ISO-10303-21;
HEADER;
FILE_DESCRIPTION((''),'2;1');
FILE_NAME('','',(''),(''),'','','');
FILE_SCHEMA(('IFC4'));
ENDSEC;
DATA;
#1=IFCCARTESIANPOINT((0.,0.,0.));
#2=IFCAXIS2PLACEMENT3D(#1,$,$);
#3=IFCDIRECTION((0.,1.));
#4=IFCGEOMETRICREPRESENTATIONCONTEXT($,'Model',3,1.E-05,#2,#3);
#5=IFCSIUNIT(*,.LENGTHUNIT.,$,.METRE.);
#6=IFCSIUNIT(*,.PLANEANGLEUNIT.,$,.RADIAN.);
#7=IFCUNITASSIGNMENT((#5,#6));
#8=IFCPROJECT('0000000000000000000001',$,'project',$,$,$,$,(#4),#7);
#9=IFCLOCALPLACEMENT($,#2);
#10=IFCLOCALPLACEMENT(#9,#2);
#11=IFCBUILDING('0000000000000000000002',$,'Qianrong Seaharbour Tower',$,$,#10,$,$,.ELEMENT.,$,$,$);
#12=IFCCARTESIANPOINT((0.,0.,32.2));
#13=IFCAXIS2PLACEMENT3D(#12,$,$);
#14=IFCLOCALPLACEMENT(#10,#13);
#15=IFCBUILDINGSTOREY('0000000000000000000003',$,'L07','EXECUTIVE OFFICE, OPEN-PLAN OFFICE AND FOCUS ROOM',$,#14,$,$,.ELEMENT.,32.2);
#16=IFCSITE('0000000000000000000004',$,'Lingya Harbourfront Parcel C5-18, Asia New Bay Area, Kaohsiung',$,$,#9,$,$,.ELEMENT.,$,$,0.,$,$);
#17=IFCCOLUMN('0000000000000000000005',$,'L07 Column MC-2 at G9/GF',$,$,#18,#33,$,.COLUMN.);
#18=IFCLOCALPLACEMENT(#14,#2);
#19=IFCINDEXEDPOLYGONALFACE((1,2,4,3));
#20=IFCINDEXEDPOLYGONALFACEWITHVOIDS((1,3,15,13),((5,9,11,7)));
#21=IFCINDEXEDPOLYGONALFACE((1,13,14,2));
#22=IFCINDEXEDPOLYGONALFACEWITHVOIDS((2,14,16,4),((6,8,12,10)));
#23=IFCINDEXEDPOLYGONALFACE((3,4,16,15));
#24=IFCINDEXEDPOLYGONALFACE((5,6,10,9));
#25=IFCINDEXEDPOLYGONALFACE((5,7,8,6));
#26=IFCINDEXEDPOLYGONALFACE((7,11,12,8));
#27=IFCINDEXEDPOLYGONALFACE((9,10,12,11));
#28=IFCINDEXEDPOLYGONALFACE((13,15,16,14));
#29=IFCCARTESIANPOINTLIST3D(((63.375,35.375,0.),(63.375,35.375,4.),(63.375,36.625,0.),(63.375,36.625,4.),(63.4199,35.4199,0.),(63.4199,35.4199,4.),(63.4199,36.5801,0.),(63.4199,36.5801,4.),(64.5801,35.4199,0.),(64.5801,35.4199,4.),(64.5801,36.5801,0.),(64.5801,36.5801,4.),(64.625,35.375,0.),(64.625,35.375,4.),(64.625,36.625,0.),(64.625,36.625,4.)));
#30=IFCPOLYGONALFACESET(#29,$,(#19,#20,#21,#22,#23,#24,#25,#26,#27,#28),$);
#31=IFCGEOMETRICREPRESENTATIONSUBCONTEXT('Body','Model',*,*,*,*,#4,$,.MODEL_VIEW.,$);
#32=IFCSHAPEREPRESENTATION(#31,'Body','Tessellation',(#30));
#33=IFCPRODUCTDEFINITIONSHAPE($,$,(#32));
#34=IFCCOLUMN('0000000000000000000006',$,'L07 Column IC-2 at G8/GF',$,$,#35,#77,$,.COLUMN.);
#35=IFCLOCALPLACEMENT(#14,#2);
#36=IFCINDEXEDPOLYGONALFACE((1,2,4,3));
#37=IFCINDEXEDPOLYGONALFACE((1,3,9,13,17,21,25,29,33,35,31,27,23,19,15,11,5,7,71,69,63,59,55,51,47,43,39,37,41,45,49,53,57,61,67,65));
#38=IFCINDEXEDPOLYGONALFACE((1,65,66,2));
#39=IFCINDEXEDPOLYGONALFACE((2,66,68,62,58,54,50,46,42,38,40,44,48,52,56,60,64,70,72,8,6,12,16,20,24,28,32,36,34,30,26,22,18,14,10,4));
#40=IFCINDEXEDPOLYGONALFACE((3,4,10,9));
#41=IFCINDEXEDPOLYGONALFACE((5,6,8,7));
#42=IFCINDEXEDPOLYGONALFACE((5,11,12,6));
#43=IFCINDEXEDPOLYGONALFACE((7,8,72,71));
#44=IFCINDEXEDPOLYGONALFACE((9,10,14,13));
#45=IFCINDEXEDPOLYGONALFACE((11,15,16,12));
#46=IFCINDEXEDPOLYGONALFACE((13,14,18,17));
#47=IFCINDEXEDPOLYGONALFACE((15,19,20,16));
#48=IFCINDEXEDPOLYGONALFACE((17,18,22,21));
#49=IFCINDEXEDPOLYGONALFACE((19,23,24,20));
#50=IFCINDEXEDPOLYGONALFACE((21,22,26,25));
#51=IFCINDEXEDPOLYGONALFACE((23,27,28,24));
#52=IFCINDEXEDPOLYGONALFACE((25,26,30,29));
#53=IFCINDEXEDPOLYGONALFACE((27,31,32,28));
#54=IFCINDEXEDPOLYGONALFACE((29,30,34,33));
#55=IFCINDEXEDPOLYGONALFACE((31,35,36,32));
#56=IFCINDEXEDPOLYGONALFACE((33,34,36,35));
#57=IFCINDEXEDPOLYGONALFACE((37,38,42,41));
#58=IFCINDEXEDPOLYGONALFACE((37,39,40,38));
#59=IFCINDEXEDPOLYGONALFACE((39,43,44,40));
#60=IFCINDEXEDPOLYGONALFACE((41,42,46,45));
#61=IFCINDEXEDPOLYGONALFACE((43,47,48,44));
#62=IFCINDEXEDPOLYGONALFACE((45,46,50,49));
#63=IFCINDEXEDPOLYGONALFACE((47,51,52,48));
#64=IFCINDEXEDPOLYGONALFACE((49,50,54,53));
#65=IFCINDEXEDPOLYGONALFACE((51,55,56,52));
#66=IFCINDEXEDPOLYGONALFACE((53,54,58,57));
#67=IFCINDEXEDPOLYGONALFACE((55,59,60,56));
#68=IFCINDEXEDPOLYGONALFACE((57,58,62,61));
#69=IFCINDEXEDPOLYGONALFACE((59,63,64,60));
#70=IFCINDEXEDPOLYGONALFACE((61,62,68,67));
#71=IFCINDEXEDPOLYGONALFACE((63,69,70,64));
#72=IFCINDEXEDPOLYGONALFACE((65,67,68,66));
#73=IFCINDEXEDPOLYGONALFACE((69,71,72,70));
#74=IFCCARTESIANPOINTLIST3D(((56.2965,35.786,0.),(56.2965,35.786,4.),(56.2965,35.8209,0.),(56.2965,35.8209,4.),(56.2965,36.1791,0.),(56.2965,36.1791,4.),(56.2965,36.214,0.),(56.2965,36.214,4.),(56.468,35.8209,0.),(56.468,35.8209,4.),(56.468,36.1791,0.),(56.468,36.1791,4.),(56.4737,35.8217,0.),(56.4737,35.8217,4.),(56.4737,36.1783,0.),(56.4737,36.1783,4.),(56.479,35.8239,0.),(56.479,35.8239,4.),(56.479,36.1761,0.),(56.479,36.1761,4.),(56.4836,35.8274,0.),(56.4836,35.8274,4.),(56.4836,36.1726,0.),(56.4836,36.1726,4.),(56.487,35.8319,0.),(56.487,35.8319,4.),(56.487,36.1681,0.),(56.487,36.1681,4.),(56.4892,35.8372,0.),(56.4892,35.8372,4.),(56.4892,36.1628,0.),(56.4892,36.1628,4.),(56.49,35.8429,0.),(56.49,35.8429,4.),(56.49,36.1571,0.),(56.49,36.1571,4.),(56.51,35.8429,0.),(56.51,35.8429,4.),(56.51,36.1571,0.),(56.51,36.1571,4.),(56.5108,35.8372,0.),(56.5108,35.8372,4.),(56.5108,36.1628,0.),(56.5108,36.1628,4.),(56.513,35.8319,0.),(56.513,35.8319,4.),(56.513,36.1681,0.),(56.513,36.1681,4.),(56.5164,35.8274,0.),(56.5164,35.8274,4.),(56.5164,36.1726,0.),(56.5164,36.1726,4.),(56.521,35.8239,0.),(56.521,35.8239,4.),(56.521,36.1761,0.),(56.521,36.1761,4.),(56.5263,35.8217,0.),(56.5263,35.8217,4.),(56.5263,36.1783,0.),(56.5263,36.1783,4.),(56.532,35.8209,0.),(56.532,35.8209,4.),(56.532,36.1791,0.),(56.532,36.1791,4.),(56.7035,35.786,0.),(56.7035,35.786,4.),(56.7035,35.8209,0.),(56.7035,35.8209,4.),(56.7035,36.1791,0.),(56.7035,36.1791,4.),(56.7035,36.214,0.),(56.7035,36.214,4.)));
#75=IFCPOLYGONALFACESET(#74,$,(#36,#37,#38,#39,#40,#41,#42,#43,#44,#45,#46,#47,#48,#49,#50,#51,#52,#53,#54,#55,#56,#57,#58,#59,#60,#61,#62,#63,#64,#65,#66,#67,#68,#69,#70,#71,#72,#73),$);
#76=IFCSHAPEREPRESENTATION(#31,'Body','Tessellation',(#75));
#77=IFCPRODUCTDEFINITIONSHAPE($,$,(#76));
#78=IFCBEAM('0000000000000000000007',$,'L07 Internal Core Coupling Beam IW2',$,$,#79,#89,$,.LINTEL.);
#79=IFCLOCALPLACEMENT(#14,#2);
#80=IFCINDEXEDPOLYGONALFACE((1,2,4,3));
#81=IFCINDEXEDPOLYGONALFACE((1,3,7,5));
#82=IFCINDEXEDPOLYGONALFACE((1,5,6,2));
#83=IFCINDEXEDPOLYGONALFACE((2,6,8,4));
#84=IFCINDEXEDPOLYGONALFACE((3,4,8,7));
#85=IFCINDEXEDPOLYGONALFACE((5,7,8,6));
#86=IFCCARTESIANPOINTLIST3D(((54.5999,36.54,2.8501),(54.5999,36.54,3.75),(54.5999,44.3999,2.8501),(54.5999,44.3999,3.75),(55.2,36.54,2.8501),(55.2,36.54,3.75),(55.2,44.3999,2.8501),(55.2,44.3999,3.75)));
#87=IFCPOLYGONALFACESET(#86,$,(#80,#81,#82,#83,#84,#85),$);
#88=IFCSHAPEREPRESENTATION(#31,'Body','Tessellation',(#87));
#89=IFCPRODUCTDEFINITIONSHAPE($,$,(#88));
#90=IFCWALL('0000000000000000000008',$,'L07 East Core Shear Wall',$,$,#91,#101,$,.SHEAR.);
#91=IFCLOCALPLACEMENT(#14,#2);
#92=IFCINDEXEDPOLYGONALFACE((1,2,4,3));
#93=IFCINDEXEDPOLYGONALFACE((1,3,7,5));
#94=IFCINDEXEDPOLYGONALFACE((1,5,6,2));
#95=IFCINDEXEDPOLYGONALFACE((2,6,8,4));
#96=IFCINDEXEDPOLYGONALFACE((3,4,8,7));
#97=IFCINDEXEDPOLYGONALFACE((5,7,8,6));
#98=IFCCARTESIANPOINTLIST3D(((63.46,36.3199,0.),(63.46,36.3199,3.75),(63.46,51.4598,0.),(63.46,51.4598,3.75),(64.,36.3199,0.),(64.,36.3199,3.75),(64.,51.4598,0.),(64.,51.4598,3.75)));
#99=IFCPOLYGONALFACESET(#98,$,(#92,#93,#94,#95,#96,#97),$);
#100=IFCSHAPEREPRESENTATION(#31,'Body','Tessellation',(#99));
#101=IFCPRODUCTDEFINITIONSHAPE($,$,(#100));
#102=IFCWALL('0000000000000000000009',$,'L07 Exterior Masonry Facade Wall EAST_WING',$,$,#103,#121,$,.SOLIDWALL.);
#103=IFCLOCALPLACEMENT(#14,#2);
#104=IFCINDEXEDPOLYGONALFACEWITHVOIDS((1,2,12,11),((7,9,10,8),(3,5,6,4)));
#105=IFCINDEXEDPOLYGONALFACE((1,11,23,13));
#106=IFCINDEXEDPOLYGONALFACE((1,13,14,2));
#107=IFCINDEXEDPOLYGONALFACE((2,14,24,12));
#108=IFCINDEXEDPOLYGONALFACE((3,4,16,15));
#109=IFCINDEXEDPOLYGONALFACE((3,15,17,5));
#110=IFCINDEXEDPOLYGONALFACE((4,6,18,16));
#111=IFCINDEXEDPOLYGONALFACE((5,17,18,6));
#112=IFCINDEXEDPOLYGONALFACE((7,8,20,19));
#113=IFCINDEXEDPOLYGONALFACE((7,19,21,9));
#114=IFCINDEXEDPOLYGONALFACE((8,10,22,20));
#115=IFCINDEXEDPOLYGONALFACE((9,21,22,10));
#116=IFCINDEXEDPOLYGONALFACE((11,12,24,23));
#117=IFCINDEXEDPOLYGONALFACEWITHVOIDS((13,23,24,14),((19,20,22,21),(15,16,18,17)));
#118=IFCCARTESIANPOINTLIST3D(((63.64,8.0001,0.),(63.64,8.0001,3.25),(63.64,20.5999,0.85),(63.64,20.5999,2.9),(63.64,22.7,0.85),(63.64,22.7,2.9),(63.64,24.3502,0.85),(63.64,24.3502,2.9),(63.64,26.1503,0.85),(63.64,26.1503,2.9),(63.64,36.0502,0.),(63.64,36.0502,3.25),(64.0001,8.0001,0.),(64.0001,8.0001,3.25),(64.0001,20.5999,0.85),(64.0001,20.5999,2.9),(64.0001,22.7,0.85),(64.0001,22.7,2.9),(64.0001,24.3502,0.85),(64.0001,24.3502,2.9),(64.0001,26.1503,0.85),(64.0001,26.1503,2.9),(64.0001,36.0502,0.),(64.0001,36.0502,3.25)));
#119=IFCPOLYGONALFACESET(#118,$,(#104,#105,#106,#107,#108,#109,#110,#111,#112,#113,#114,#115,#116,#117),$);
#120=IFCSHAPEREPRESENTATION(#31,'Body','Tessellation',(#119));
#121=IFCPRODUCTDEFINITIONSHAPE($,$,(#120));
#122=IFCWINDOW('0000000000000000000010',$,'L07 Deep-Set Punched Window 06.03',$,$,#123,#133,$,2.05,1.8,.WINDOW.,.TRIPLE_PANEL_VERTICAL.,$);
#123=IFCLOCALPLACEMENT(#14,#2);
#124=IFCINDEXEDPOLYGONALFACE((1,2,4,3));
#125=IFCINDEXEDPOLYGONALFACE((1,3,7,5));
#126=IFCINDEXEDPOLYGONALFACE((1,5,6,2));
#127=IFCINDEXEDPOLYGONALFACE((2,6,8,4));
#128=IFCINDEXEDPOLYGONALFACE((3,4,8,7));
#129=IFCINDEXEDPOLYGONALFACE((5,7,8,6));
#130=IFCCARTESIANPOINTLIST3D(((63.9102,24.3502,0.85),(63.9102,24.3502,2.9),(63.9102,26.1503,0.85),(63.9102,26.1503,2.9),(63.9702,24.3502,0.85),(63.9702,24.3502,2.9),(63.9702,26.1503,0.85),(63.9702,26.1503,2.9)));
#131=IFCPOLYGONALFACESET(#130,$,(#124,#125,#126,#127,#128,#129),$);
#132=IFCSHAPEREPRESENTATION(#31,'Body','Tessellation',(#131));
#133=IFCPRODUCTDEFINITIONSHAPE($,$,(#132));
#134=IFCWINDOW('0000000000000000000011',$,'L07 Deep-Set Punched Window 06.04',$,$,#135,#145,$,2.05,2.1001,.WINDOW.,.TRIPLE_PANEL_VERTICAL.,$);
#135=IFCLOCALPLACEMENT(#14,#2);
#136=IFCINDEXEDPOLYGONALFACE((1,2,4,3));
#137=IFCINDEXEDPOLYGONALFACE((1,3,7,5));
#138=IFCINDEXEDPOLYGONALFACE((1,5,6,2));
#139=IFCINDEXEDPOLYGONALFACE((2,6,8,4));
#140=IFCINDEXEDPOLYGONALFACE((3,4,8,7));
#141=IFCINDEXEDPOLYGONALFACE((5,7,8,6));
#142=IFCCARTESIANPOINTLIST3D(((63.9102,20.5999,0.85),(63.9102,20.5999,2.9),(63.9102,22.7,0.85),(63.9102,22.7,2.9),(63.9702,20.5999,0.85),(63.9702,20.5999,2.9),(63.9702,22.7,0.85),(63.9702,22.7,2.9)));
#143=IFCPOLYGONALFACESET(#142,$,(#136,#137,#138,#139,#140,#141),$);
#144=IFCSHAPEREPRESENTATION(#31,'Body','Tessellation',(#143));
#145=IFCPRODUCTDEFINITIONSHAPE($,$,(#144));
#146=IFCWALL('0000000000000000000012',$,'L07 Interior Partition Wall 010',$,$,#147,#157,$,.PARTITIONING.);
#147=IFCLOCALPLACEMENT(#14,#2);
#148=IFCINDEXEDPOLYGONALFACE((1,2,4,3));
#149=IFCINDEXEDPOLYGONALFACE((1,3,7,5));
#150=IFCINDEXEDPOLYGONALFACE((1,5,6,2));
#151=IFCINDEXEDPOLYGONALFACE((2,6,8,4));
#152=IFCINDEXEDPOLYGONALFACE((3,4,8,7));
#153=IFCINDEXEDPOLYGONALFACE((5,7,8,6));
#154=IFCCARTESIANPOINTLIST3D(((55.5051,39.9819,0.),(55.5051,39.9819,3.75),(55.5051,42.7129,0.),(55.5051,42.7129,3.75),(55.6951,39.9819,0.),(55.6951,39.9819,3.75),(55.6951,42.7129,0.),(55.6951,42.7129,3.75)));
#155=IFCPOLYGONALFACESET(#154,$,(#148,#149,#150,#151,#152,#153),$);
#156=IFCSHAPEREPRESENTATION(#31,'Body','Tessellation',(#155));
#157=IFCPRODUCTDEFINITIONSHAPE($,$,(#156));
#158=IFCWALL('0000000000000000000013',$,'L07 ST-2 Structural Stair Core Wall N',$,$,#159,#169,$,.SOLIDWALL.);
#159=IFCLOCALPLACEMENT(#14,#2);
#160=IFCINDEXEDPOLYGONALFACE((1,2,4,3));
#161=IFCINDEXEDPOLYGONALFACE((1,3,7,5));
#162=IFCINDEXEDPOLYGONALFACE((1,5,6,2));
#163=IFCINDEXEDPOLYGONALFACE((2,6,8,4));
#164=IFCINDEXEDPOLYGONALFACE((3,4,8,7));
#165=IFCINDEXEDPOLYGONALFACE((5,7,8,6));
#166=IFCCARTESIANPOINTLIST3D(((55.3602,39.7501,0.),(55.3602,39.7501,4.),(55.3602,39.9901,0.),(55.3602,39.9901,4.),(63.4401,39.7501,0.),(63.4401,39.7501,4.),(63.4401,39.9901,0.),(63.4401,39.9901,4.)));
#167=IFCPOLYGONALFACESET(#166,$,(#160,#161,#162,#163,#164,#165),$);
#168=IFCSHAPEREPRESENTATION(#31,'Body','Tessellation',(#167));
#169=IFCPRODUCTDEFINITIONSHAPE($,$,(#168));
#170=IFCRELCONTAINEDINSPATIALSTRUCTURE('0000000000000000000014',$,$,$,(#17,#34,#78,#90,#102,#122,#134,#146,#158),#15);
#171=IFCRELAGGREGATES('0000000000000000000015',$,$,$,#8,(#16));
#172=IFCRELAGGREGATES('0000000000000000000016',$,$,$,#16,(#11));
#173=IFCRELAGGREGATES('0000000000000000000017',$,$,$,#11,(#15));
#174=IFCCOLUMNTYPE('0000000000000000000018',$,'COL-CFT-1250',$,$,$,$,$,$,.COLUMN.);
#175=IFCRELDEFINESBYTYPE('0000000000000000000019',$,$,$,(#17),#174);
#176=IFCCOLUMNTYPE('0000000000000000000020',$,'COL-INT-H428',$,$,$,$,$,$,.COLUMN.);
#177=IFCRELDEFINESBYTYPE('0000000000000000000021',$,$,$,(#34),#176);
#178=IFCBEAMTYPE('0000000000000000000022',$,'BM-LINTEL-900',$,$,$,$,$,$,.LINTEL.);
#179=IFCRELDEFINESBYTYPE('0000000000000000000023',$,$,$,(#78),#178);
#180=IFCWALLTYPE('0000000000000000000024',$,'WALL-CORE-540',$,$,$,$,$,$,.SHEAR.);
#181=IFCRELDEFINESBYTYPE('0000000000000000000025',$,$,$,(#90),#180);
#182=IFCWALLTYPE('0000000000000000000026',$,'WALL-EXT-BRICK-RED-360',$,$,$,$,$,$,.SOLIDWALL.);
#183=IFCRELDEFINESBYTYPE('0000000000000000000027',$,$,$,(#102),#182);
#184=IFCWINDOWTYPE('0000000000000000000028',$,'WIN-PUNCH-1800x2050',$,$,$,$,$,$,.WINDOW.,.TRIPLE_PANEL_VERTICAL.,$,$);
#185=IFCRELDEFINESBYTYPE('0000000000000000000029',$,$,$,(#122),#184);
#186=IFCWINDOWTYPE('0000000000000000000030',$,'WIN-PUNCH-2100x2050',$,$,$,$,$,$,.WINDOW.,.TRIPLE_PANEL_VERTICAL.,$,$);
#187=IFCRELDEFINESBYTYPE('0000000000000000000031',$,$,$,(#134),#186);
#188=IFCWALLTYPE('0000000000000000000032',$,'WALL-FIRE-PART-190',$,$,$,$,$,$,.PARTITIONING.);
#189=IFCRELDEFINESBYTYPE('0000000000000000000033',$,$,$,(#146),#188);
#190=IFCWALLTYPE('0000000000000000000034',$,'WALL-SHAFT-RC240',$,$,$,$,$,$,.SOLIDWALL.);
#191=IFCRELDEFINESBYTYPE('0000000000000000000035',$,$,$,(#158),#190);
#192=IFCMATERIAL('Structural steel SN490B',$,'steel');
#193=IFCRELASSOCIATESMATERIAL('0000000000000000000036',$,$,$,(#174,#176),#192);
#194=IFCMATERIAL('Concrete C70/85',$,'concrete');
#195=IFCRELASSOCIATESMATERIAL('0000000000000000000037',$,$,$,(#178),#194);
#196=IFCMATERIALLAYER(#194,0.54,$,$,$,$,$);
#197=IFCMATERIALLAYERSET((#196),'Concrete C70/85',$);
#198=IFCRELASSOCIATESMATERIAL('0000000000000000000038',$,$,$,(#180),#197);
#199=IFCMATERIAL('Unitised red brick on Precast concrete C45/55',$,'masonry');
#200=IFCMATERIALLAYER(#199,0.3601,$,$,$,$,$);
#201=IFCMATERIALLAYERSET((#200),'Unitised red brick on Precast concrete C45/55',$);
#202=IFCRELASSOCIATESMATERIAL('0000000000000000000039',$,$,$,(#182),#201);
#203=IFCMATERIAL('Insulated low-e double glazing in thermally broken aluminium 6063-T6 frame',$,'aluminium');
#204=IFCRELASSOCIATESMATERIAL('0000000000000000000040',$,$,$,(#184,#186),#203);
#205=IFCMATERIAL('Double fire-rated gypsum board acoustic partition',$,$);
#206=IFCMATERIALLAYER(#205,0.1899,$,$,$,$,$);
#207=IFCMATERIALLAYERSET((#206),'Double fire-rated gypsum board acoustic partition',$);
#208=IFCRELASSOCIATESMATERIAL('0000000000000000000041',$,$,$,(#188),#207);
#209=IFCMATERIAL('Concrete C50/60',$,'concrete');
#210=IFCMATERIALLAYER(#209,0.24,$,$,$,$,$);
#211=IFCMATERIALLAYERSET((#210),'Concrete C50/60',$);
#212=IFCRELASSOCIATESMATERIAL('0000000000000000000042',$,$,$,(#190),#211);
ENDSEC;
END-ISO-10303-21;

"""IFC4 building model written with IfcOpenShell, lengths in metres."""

from ifc_helpers import new_model, si_unit, direction, frame, frame_2d, origin, origin_2d, place, context, subcontext, project, spatial, rectangle, hollow_rectangle, i_section, extrude, material, layer, layer_set, material_profile, profile_set, type_object, element, fill, save


model = new_model("IFC4")

# Units and contexts
model_context = context("Model", 3, precision=1e-05, world=origin(), true_north=direction((0.0, 1.0)))
body_context = subcontext(model_context, "Body", "Model", "MODEL_VIEW")
ifc_project = project(units=[si_unit("LENGTHUNIT", "METRE"), si_unit("PLANEANGLEUNIT", "RADIAN")], contexts=[model_context])

# Site, building, storey
site_placement = place(None, origin())
site = spatial("IfcSite", under=ifc_project, at=site_placement, Name="Lingya Harbourfront Parcel C5-18, Asia New Bay Area, Kaohsiung", CompositionType="ELEMENT", RefElevation=0.0)
building_placement = place(site_placement, origin())
building = spatial("IfcBuilding", under=site, at=building_placement, Name="Qianrong Seaharbour Tower", CompositionType="ELEMENT")
storey_placement = place(building_placement, frame((0.0, 0.0, 32.2)))
storey = spatial("IfcBuildingStorey", under=building, at=storey_placement, Name="L07", Description="EXECUTIVE OFFICE, OPEN-PLAN OFFICE AND FOCUS ROOM", CompositionType="ELEMENT", Elevation=32.2)

# Columns
ifc_material_1 = material(Name="Structural steel SN490B", Category="steel")
ifc_material_profile_1 = material_profile(ifc_material_1, hollow_rectangle(XDim=1.25, YDim=1.25, WallThickness=0.0449, at=origin_2d()), Name="BOX1250x1250x45")
ifc_profile_set_1 = profile_set([ifc_material_profile_1], Name="Structural steel SN490B")
column_type_1 = type_object("IfcColumnType", Name="COL-CFT-1250", PredefinedType="COLUMN", material=ifc_profile_set_1)
column_1_placement = place(storey_placement, frame((64.0, 36.0, 0.0), z_axis=(0.0, 0.0, 1.0), x_axis=(1.0, 0.0, 0.0)))
element("IfcColumn", 1, at=column_1_placement, inside=storey, type_object=column_type_1, Name="L07 Column MC-2 at G9/GF", PredefinedType="COLUMN", context=body_context, shape_type="SweptSolid", body=[
    extrude(hollow_rectangle(XDim=1.25, YDim=1.25, WallThickness=0.0449, at=origin_2d()), origin(), (0.0, 0.0, 1.0), 4.0),
])
ifc_material_profile_2 = material_profile(ifc_material_1, i_section(OverallWidth=0.407, OverallDepth=0.428, WebThickness=0.02, FlangeThickness=0.0349, FilletRadius=0.022, at=origin_2d()), Name="H428x407x20x35")
ifc_profile_set_2 = profile_set([ifc_material_profile_2], Name="Structural steel SN490B")
column_type_2 = type_object("IfcColumnType", Name="COL-INT-H428", PredefinedType="COLUMN", material=ifc_profile_set_2)
column_2_placement = place(storey_placement, frame((56.5, 36.0, 0.0), z_axis=(0.0, 0.0, 1.0), x_axis=(1.0, 0.0, 0.0)))
element("IfcColumn", 2, at=column_2_placement, inside=storey, type_object=column_type_2, Name="L07 Column IC-2 at G8/GF", PredefinedType="COLUMN", context=body_context, shape_type="SweptSolid", body=[
    extrude(i_section(OverallWidth=0.407, OverallDepth=0.428, WebThickness=0.02, FlangeThickness=0.0349, FilletRadius=0.022, at=origin_2d()), origin(), (0.0, 0.0, 1.0), 4.0),
])

# Beam
ifc_material_2 = material(Name="Concrete C70/85", Category="concrete")
ifc_material_profile_3 = material_profile(ifc_material_2, rectangle(XDim=0.6001, YDim=0.8999, at=origin_2d()), Name="RC600x900")
ifc_profile_set_3 = profile_set([ifc_material_profile_3], Name="Concrete C70/85")
beam_type = type_object("IfcBeamType", Name="BM-LINTEL-900", PredefinedType="LINTEL", material=ifc_profile_set_3)
beam_placement = place(storey_placement, frame((54.8999, 36.54, 3.3), z_axis=(0.0, 1.0, 0.0), x_axis=(-1.0, 0.0, 0.0)))
element("IfcBeam", 3, at=beam_placement, inside=storey, type_object=beam_type, Name="L07 Internal Core Coupling Beam IW2", PredefinedType="LINTEL", context=body_context, shape_type="SweptSolid", body=[
    extrude(rectangle(XDim=0.6001, YDim=0.8999, at=origin_2d()), origin(), (0.0, 0.0, 1.0), 7.8599),
])

# Wall
ifc_layer_1 = layer(ifc_material_2, 0.54)
ifc_layer_set_1 = layer_set([ifc_layer_1], Name="Concrete C70/85")
wall_type_1 = type_object("IfcWallType", Name="WALL-CORE-540", PredefinedType="SHEAR", material=ifc_layer_set_1)
wall_1_placement = place(storey_placement, frame((63.73, 36.3201, 0.0), z_axis=(0.0, 0.0, 1.0), x_axis=(0.0, 1.0, 0.0)))
element("IfcWall", 4, at=wall_1_placement, inside=storey, type_object=wall_type_1, Name="L07 East Core Shear Wall", PredefinedType="SHEAR", context=body_context, shape_type="SweptSolid", body=[
    extrude(rectangle(XDim=15.1399, YDim=0.54, at=frame_2d((7.5698, 0.0))), origin(), (0.0, 0.0, 1.0), 3.75),
])

# Wall, openings, windows
ifc_material_3 = material(Name="Unitised red brick on Precast concrete C45/55", Category="masonry")
ifc_layer_2 = layer(ifc_material_3, 0.3601)
ifc_layer_set_2 = layer_set([ifc_layer_2], Name="Unitised red brick on Precast concrete C45/55")
wall_type_2 = type_object("IfcWallType", Name="WALL-EXT-BRICK-RED-360", PredefinedType="SOLIDWALL", material=ifc_layer_set_2)
wall_2_placement = place(storey_placement, frame((63.8201, 36.05, 0.0), z_axis=(0.0, 0.0, 1.0), x_axis=(0.0, -1.0, 0.0)))
wall_2 = element("IfcWall", 5, at=wall_2_placement, inside=storey, type_object=wall_type_2, Name="L07 Exterior Masonry Facade Wall EAST_WING", PredefinedType="SOLIDWALL", context=body_context, shape_type="SweptSolid", body=[
    extrude(rectangle(XDim=28.05, YDim=0.3601, at=frame_2d((14.0249, 0.0))), origin(), (0.0, 0.0, 1.0), 3.25),
])
opening_1_placement = place(wall_2_placement, frame((9.8999, 0.0, 0.8501)))
opening_1 = element("IfcOpeningElement", 6, at=opening_1_placement, cuts=wall_2, PredefinedType="OPENING", context=body_context, shape_type="SweptSolid", body=[
    extrude(rectangle(XDim=1.8, YDim=2.05, at=frame_2d((0.8999, 1.0249))), frame((0.0, 0.1899, 0.0), z_axis=(0.0, -1.0, 0.0), x_axis=(1.0, 0.0, 0.0)), (0.0, 0.0, 1.0), 0.3801),
])
opening_2_placement = place(wall_2_placement, frame((13.3501, 0.0, 0.8501)))
opening_2 = element("IfcOpeningElement", 7, at=opening_2_placement, cuts=wall_2, PredefinedType="OPENING", context=body_context, shape_type="SweptSolid", body=[
    extrude(rectangle(XDim=2.1001, YDim=2.05, at=frame_2d((1.05, 1.0249))), frame((0.0, 0.1899, 0.0), z_axis=(0.0, -1.0, 0.0), x_axis=(1.0, 0.0, 0.0)), (0.0, 0.0, 1.0), 0.3801),
])
ifc_material_4 = material(Name="Insulated low-e double glazing in thermally broken aluminium 6063-T6 frame", Category="aluminium")
window_type_1 = type_object("IfcWindowType", Name="WIN-PUNCH-1800x2050", PartitioningType="TRIPLE_PANEL_VERTICAL", PredefinedType="WINDOW", material=ifc_material_4)
window_1_placement = place(opening_1_placement, origin())
window_1 = element("IfcWindow", 8, at=window_1_placement, inside=storey, type_object=window_type_1, Name="L07 Deep-Set Punched Window 06.03", OverallHeight=2.05, OverallWidth=1.8, PartitioningType="TRIPLE_PANEL_VERTICAL", PredefinedType="WINDOW", context=body_context, shape_type="SweptSolid", body=[
    extrude(rectangle(XDim=1.8, YDim=2.05, at=frame_2d((0.8999, 1.0249))), frame((0.0, 0.1501, 0.0), z_axis=(0.0, -1.0, 0.0), x_axis=(1.0, 0.0, 0.0)), (0.0, 0.0, 1.0), 0.0601),
])
fill(opening_1, window_1)
window_type_2 = type_object("IfcWindowType", Name="WIN-PUNCH-2100x2050", PartitioningType="TRIPLE_PANEL_VERTICAL", PredefinedType="WINDOW", material=ifc_material_4)
window_2_placement = place(opening_2_placement, origin())
window_2 = element("IfcWindow", 9, at=window_2_placement, inside=storey, type_object=window_type_2, Name="L07 Deep-Set Punched Window 06.04", OverallHeight=2.05, OverallWidth=2.1001, PartitioningType="TRIPLE_PANEL_VERTICAL", PredefinedType="WINDOW", context=body_context, shape_type="SweptSolid", body=[
    extrude(rectangle(XDim=2.1001, YDim=2.05, at=frame_2d((1.05, 1.0249))), frame((0.0, 0.1501, 0.0), z_axis=(0.0, -1.0, 0.0), x_axis=(1.0, 0.0, 0.0)), (0.0, 0.0, 1.0), 0.0601),
])
fill(opening_2, window_2)

# Walls
ifc_material_5 = material(Name="Double fire-rated gypsum board acoustic partition")
ifc_layer_3 = layer(ifc_material_5, 0.1899)
ifc_layer_set_3 = layer_set([ifc_layer_3], Name="Double fire-rated gypsum board acoustic partition")
wall_type_3 = type_object("IfcWallType", Name="WALL-FIRE-PART-190", PredefinedType="PARTITIONING", material=ifc_layer_set_3)
wall_3_placement = place(storey_placement, frame((55.6001, 42.7129, 0.0), z_axis=(0.0, 0.0, 1.0), x_axis=(0.0, -1.0, 0.0)))
element("IfcWall", 10, at=wall_3_placement, inside=storey, type_object=wall_type_3, Name="L07 Interior Partition Wall 010", PredefinedType="PARTITIONING", context=body_context, shape_type="SweptSolid", body=[
    extrude(rectangle(XDim=2.731, YDim=0.1899, at=frame_2d((1.3655, 0.0))), origin(), (0.0, 0.0, 1.0), 3.75),
])
ifc_material_6 = material(Name="Concrete C50/60", Category="concrete")
ifc_layer_4 = layer(ifc_material_6, 0.24)
ifc_layer_set_4 = layer_set([ifc_layer_4], Name="Concrete C50/60")
wall_type_4 = type_object("IfcWallType", Name="WALL-SHAFT-RC240", PredefinedType="SOLIDWALL", material=ifc_layer_set_4)
wall_4_placement = place(storey_placement, frame((55.3601, 39.8701, 0.0), z_axis=(0.0, 0.0, 1.0), x_axis=(1.0, 0.0, 0.0)))
element("IfcWall", 11, at=wall_4_placement, inside=storey, type_object=wall_type_4, Name="L07 ST-2 Structural Stair Core Wall N", PredefinedType="SOLIDWALL", context=body_context, shape_type="SweptSolid", body=[
    extrude(rectangle(XDim=8.0798, YDim=0.24, at=frame_2d((4.04, 0.0))), origin(), (0.0, 0.0, 1.0), 4.0),
])

save(model, "model.ifc")
